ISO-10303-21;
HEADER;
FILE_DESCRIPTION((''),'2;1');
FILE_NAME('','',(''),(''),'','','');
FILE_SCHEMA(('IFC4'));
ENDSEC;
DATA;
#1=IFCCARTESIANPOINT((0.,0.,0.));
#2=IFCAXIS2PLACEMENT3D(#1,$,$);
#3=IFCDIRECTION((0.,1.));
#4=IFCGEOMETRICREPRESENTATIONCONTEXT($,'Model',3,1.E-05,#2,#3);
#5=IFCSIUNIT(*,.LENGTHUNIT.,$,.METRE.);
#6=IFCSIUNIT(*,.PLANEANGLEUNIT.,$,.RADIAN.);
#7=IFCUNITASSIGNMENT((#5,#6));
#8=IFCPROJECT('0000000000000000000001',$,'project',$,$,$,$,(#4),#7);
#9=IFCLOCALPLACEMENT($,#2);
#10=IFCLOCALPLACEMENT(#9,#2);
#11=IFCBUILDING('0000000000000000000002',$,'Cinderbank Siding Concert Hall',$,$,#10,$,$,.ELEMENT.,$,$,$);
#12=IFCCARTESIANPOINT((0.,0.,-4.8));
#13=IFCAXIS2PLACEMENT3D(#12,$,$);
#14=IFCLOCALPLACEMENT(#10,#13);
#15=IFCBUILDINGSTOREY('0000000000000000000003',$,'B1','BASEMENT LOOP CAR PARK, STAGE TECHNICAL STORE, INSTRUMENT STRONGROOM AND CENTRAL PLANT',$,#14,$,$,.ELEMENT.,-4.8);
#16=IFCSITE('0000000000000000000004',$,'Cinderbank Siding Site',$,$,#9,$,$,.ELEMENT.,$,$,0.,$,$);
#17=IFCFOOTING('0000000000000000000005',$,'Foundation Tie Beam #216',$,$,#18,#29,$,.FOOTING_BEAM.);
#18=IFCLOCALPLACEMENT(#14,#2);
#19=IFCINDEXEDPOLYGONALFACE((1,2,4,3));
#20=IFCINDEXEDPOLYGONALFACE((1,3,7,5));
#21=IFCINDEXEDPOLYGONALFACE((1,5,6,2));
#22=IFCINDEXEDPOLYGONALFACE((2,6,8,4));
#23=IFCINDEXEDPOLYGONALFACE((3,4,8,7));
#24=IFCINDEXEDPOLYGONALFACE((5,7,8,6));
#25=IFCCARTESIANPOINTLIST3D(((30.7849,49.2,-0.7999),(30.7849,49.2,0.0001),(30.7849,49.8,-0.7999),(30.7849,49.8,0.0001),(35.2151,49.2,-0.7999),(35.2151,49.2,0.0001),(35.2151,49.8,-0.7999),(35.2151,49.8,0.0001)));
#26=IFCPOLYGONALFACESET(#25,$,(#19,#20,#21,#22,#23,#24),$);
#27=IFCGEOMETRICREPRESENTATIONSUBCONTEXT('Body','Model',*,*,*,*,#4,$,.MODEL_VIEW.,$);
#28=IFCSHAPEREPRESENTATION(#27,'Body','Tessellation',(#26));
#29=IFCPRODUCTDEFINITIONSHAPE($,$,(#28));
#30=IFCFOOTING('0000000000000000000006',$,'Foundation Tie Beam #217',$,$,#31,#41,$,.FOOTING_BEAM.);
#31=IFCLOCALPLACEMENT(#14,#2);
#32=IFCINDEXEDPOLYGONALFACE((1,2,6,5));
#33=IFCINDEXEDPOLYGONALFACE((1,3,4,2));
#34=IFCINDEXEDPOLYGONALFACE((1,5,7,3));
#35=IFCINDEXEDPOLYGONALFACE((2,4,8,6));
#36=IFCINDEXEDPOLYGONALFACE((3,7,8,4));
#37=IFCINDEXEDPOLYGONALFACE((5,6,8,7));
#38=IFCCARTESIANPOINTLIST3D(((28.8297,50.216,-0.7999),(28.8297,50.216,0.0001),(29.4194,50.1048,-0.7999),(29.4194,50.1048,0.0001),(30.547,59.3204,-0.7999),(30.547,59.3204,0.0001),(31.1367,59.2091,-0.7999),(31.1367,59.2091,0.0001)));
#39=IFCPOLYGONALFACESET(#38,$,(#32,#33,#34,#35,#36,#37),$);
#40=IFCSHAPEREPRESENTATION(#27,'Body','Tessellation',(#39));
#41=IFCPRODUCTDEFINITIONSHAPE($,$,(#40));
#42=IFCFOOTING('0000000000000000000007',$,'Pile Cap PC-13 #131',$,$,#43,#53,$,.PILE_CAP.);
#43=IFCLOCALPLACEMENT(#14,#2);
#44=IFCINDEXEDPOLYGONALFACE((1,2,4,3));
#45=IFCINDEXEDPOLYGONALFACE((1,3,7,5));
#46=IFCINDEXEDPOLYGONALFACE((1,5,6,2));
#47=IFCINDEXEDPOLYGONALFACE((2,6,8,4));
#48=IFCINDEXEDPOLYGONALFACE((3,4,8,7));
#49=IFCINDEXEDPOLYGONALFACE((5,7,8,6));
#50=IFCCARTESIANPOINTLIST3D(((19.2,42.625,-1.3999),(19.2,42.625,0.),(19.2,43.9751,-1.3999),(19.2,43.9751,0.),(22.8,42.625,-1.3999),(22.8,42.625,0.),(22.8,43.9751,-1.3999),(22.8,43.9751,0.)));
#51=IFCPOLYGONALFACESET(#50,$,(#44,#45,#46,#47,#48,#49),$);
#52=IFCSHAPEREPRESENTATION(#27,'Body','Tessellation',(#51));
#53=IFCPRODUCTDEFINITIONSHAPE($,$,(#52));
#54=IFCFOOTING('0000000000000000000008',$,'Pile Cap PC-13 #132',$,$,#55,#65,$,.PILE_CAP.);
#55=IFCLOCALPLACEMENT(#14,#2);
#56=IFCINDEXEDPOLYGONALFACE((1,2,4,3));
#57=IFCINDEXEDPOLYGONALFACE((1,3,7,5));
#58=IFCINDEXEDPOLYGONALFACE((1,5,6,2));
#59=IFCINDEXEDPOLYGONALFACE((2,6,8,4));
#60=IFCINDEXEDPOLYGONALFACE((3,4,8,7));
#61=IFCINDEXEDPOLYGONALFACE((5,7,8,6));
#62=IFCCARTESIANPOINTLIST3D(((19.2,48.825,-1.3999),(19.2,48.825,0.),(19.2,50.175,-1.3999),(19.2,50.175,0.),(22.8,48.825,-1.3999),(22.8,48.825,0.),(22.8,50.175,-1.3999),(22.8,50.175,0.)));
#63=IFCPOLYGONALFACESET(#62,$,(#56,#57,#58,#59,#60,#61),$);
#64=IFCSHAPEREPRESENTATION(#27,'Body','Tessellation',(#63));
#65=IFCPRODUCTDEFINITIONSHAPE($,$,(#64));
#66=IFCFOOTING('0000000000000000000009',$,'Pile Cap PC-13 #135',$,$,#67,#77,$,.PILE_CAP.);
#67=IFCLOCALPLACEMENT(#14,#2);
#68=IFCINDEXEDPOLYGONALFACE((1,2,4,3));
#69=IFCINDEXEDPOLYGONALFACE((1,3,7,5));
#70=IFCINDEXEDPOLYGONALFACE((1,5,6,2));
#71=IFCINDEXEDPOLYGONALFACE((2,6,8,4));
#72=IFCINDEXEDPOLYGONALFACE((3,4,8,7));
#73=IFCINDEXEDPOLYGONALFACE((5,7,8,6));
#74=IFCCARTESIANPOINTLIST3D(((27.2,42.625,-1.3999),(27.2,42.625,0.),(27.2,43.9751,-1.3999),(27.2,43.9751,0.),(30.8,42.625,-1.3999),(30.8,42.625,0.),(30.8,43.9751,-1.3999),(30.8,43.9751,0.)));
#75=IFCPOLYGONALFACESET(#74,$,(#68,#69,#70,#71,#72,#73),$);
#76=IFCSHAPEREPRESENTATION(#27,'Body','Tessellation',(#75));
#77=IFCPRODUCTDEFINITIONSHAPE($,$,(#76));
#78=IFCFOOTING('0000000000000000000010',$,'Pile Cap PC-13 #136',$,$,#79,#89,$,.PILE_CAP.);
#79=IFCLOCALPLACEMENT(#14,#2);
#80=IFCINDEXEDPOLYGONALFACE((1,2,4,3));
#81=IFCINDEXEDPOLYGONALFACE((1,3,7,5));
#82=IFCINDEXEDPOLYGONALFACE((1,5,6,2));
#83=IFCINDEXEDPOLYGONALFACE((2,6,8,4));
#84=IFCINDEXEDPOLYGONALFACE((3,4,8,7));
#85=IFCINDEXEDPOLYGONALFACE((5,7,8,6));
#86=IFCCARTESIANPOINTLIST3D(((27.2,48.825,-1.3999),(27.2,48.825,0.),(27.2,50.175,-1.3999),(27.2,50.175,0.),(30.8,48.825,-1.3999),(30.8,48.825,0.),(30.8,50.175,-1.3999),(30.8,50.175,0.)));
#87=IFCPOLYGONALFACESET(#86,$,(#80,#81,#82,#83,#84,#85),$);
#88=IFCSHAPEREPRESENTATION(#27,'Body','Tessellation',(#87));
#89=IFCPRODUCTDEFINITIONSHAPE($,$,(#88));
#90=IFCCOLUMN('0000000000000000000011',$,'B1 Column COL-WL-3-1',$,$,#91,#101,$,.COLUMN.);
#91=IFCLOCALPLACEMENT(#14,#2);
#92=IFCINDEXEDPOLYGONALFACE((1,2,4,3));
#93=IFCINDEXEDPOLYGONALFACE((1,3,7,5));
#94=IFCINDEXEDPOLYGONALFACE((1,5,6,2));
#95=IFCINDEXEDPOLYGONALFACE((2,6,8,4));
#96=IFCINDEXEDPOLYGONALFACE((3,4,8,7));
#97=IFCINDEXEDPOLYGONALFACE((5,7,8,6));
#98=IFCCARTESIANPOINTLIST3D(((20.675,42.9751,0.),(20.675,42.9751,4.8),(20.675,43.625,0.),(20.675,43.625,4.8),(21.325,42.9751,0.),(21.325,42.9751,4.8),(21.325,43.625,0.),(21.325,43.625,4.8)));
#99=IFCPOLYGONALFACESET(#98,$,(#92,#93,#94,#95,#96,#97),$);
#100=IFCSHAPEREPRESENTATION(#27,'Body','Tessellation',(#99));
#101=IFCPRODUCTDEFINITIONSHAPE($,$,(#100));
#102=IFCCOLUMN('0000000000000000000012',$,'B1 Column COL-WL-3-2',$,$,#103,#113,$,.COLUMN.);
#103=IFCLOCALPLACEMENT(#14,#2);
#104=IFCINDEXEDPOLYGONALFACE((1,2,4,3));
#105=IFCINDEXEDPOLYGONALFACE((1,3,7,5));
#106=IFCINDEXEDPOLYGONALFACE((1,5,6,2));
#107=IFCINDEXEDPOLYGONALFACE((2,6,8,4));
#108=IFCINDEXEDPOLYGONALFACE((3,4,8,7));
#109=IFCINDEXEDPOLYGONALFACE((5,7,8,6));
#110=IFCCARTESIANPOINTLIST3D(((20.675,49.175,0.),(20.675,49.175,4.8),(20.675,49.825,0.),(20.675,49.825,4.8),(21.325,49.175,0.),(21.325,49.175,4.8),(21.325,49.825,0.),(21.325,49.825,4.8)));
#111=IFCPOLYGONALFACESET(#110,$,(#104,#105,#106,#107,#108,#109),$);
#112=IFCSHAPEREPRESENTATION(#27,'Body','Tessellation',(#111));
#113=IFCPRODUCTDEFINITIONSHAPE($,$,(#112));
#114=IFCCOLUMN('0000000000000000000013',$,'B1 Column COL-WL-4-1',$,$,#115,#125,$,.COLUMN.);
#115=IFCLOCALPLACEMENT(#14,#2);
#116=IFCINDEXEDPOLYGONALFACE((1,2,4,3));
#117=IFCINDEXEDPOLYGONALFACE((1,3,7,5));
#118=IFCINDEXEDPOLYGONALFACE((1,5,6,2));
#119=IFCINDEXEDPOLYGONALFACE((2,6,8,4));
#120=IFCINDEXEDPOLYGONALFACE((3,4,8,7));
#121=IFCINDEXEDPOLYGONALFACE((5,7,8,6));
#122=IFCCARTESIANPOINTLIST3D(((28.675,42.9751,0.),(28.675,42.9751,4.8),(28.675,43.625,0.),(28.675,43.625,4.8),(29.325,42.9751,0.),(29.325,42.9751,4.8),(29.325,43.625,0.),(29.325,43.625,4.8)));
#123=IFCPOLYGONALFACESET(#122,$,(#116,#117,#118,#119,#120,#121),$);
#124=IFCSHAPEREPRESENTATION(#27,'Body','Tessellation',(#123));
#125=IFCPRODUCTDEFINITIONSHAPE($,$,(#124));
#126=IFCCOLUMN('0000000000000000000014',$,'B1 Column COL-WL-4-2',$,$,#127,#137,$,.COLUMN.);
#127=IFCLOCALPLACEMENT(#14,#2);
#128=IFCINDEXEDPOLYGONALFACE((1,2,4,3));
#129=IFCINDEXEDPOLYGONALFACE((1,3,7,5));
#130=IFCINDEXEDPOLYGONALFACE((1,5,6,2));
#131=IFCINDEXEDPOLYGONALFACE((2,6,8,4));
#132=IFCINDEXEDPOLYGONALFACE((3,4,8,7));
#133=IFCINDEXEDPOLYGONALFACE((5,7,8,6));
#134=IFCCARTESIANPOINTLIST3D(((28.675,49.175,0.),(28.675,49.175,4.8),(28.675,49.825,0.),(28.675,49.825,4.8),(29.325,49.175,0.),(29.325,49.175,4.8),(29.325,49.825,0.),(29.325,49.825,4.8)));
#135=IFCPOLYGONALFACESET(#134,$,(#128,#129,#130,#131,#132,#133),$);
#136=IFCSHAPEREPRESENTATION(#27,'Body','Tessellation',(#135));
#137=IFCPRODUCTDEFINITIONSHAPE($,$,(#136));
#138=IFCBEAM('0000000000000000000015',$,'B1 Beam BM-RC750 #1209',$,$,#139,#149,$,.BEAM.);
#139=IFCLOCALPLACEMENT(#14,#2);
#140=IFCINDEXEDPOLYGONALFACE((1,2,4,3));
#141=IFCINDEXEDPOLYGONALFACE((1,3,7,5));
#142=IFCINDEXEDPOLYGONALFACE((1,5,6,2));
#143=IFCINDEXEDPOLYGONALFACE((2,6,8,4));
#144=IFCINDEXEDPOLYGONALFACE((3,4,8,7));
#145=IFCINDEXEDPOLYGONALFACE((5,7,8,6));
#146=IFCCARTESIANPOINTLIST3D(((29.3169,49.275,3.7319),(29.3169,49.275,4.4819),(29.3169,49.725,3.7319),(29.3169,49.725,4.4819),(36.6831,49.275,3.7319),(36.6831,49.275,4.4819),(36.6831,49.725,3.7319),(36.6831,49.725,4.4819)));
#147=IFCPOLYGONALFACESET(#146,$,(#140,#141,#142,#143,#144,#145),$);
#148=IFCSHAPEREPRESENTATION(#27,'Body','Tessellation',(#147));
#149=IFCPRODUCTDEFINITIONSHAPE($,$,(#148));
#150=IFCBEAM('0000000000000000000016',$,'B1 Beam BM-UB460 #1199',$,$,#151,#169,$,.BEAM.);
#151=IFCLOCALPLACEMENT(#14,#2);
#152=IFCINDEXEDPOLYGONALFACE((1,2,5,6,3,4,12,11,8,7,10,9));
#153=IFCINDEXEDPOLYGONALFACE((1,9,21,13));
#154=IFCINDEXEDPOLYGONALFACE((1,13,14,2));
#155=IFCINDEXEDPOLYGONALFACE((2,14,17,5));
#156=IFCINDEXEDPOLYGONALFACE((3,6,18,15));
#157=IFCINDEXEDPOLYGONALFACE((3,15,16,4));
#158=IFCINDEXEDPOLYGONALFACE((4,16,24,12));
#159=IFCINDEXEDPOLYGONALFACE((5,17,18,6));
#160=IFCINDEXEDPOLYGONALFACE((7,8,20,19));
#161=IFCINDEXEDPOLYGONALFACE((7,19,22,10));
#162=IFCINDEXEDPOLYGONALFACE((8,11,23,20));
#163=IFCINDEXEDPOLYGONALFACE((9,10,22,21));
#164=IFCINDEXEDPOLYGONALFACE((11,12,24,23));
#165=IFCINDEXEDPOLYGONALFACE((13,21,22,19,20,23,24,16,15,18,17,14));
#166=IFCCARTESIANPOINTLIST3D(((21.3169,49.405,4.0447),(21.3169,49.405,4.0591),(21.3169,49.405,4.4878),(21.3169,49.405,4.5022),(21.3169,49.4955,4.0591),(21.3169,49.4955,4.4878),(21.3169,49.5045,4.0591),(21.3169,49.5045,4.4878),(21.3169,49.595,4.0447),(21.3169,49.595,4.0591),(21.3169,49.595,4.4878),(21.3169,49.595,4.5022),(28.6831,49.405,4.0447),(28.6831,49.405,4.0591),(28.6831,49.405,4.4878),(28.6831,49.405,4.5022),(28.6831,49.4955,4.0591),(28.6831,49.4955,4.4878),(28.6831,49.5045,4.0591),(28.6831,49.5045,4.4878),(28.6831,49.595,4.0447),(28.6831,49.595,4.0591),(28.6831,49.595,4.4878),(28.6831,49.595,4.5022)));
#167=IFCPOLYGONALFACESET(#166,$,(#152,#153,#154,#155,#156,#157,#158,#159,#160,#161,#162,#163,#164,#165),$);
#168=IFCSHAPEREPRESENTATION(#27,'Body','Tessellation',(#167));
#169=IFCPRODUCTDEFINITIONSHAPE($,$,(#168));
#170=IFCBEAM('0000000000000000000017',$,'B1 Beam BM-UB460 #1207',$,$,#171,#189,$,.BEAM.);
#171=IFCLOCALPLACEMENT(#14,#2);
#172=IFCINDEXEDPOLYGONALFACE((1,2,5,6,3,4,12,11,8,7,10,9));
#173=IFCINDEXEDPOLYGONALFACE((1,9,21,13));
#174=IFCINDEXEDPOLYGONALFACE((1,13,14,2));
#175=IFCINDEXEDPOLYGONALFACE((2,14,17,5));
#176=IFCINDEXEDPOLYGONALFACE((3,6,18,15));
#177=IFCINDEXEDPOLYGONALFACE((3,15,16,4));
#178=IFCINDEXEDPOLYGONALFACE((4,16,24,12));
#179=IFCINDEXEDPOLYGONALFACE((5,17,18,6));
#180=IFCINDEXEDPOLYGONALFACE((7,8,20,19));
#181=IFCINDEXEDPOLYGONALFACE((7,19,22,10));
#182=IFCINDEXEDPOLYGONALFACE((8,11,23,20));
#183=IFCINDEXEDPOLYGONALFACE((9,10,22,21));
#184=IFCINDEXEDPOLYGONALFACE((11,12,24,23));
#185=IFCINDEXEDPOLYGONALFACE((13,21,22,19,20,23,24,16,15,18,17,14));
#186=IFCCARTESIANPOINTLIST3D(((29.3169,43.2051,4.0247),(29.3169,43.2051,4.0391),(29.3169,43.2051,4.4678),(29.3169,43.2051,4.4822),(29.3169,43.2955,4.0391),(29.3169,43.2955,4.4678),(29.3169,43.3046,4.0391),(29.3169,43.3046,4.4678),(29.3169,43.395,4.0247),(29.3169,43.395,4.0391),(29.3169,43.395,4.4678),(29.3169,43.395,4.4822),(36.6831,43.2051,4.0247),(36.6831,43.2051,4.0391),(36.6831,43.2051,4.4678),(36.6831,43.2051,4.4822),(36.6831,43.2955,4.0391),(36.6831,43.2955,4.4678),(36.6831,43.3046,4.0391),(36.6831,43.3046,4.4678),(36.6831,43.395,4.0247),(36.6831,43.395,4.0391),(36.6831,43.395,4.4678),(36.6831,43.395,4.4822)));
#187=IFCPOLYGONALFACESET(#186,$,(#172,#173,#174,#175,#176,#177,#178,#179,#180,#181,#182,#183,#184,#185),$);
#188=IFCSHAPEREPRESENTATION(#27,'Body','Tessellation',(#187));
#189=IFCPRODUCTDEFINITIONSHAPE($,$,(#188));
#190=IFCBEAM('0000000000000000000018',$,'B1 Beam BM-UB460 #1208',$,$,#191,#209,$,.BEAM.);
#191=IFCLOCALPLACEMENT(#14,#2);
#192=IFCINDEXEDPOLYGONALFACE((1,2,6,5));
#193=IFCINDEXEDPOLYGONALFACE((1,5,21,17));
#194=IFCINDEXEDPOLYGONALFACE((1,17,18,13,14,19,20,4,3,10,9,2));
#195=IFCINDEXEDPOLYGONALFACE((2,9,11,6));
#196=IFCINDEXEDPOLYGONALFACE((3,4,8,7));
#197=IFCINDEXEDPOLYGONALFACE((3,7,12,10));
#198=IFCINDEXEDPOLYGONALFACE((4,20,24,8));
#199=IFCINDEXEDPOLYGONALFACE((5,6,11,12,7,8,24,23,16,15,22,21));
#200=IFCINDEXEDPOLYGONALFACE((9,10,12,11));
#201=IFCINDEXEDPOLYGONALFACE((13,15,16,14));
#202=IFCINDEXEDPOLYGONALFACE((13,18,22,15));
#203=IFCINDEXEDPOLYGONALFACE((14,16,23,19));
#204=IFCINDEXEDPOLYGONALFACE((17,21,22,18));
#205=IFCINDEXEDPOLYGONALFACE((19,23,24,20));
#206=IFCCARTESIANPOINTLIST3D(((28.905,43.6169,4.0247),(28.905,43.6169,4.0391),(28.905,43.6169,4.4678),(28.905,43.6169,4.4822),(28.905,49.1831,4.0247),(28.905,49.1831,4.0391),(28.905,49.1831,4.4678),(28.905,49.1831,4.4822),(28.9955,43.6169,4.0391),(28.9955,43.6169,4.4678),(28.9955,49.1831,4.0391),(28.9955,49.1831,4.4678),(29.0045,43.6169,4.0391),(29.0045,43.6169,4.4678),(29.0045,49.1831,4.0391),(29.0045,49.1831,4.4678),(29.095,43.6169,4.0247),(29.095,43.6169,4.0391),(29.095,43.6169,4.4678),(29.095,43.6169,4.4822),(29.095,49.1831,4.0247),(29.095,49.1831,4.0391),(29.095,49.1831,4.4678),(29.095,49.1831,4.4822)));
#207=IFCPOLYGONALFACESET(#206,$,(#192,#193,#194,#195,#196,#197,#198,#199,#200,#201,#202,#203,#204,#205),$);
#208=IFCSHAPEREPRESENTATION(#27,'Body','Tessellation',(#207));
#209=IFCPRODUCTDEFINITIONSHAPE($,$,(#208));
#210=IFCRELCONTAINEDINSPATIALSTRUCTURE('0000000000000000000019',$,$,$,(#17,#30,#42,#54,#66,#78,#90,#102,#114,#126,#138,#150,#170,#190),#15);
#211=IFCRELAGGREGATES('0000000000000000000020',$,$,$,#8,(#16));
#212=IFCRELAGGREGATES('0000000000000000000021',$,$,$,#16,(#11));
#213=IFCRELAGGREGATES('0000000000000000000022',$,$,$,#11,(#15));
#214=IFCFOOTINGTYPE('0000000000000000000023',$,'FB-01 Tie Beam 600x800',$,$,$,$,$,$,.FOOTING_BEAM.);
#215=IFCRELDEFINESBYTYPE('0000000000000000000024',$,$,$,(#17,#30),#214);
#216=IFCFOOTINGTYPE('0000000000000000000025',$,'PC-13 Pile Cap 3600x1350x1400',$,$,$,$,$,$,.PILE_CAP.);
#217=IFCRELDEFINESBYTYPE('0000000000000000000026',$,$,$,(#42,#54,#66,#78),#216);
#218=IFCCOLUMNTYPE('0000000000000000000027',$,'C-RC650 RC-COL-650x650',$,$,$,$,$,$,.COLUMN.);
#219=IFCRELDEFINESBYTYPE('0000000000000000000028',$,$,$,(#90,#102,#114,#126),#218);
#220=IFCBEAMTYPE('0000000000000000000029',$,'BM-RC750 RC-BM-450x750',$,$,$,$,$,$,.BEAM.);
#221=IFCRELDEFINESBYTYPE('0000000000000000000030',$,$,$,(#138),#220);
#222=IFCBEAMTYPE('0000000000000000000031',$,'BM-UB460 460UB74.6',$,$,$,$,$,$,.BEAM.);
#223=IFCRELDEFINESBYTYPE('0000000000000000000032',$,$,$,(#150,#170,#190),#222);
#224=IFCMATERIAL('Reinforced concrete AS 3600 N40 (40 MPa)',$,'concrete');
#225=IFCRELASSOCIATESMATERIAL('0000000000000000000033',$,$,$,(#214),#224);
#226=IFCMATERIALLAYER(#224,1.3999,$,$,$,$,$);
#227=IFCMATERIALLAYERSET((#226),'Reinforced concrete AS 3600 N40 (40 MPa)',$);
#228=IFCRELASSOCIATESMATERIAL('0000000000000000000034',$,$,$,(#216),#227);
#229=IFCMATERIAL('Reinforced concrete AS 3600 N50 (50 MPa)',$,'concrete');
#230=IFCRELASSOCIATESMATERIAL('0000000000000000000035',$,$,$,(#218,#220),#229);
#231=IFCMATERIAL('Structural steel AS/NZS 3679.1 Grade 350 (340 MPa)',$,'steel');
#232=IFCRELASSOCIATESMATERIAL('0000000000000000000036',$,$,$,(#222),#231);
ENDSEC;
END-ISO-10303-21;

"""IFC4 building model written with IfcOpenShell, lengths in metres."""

from ifc_helpers import new_model, si_unit, direction, frame, origin, origin_2d, place, context, subcontext, project, spatial, rectangle, i_section, extrude, material, layer, layer_set, material_profile, profile_set, type_object, element, save


model = new_model("IFC4")

# Units and contexts
model_context = context("Model", 3, precision=1e-05, world=origin(), true_north=direction((0.0, 1.0)))
body_context = subcontext(model_context, "Body", "Model", "MODEL_VIEW")
ifc_project = project(units=[si_unit("LENGTHUNIT", "METRE"), si_unit("PLANEANGLEUNIT", "RADIAN")], contexts=[model_context])

# Site, building, storey
site_placement = place(None, origin())
site = spatial("IfcSite", under=ifc_project, at=site_placement, Name="Cinderbank Siding Site", CompositionType="ELEMENT", RefElevation=0.0)
building_placement = place(site_placement, origin())
building = spatial("IfcBuilding", under=site, at=building_placement, Name="Cinderbank Siding Concert Hall", CompositionType="ELEMENT")
storey_placement = place(building_placement, frame((0.0, 0.0, -4.8)))
storey = spatial("IfcBuildingStorey", under=building, at=storey_placement, Name="B1", Description="BASEMENT LOOP CAR PARK, STAGE TECHNICAL STORE, INSTRUMENT STRONGROOM AND CENTRAL PLANT", CompositionType="ELEMENT", Elevation=-4.8)

# Shared definitions
ifc_material_1 = material(Name="Reinforced concrete AS 3600 N40 (40 MPa)", Category="concrete")

# Footings
ifc_material_profile_1 = material_profile(ifc_material_1, rectangle(XDim=0.6001, YDim=0.8, at=origin_2d()), Name="RC-FB-600x800", Category="LoadBearing")
ifc_profile_set_1 = profile_set([ifc_material_profile_1], Name="Reinforced concrete AS 3600 N40 (40 MPa)")
footing_type_1 = type_object("IfcFootingType", Name="FB-01 Tie Beam 600x800", PredefinedType="FOOTING_BEAM", material=ifc_profile_set_1)
footing_1_placement = place(storey_placement, frame((30.7849, 49.5, -0.3999), z_axis=(1.0, 0.0, 0.0), x_axis=(0.0, 1.0, 0.0)))
element("IfcFooting", 1, at=footing_1_placement, inside=storey, type_object=footing_type_1, Name="Foundation Tie Beam #216", PredefinedType="FOOTING_BEAM", context=body_context, shape_type="SweptSolid", body=[
    extrude(rectangle(XDim=0.6001, YDim=0.8, at=origin_2d()), origin(), (0.0, 0.0, 1.0), 4.4302),
])
footing_2_placement = place(storey_placement, frame((29.1245, 50.1604, -0.3999), z_axis=(0.185356, 0.982671, 0.0), x_axis=(-0.982671, 0.185356, 0.0)))
element("IfcFooting", 2, at=footing_2_placement, inside=storey, type_object=footing_type_1, Name="Foundation Tie Beam #217", PredefinedType="FOOTING_BEAM", context=body_context, shape_type="SweptSolid", body=[
    extrude(rectangle(XDim=0.6001, YDim=0.8, at=origin_2d()), origin(), (0.0, 0.0, 1.0), 9.2649),
])
ifc_layer = layer(ifc_material_1, 1.3999)
ifc_layer_set = layer_set([ifc_layer], Name="Reinforced concrete AS 3600 N40 (40 MPa)")
footing_type_2 = type_object("IfcFootingType", Name="PC-13 Pile Cap 3600x1350x1400", PredefinedType="PILE_CAP", material=ifc_layer_set)
for number, where, z_axis, x_axis, name in (
    (3, (21.0, 43.3, -1.3999), (0.0, 0.0, 1.0), (1.0, 0.0, 0.0), "Pile Cap PC-13 #131"),
    (4, (21.0, 49.5, -1.3999), (0.0, 0.0, 1.0), (1.0, 0.0, 0.0), "Pile Cap PC-13 #132"),
    (5, (29.0, 43.3, -1.3999), (0.0, 0.0, 1.0), (1.0, 0.0, 0.0), "Pile Cap PC-13 #135"),
    (6, (29.0, 49.5, -1.3999), (0.0, 0.0, 1.0), (1.0, 0.0, 0.0), "Pile Cap PC-13 #136"),
):
    element("IfcFooting", number, at=place(storey_placement, frame(where, z_axis=z_axis, x_axis=x_axis)), inside=storey, type_object=footing_type_2, Name=name, PredefinedType="PILE_CAP", context=body_context, shape_type="SweptSolid", body=[
        extrude(rectangle(XDim=3.6001, YDim=1.3501, at=origin_2d()), origin(), (0.0, 0.0, 1.0), 1.3999),
    ])

# Columns
ifc_material_2 = material(Name="Reinforced concrete AS 3600 N50 (50 MPa)", Category="concrete")
ifc_material_profile_2 = material_profile(ifc_material_2, rectangle(XDim=0.6499, YDim=0.6499, at=origin_2d()), Name="RC-COL-650x650", Category="LoadBearing")
ifc_profile_set_2 = profile_set([ifc_material_profile_2], Name="Reinforced concrete AS 3600 N50 (50 MPa)")
column_type = type_object("IfcColumnType", Name="C-RC650 RC-COL-650x650", PredefinedType="COLUMN", material=ifc_profile_set_2)
for number, where, z_axis, x_axis, name in (
    (7, (21.0, 43.3, 0.0), (0.0, 0.0, 1.0), (1.0, 0.0, 0.0), "B1 Column COL-WL-3-1"),
    (8, (21.0, 49.5, 0.0), (0.0, 0.0, 1.0), (1.0, 0.0, 0.0), "B1 Column COL-WL-3-2"),
    (9, (29.0, 43.3, 0.0), (0.0, 0.0, 1.0), (1.0, 0.0, 0.0), "B1 Column COL-WL-4-1"),
    (10, (29.0, 49.5, 0.0), (0.0, 0.0, 1.0), (1.0, 0.0, 0.0), "B1 Column COL-WL-4-2"),
):
    element("IfcColumn", number, at=place(storey_placement, frame(where, z_axis=z_axis, x_axis=x_axis)), inside=storey, type_object=column_type, Name=name, PredefinedType="COLUMN", context=body_context, shape_type="SweptSolid", body=[
        extrude(rectangle(XDim=0.6499, YDim=0.6499, at=origin_2d()), origin(), (0.0, 0.0, 1.0), 4.8),
    ])

# Beams
ifc_material_profile_3 = material_profile(ifc_material_2, rectangle(XDim=0.45, YDim=0.75, at=origin_2d()), Name="RC-BM-450x750", Category="LoadBearing")
ifc_profile_set_3 = profile_set([ifc_material_profile_3], Name="Reinforced concrete AS 3600 N50 (50 MPa)")
beam_type_1 = type_object("IfcBeamType", Name="BM-RC750 RC-BM-450x750", PredefinedType="BEAM", material=ifc_profile_set_3)
beam_1_placement = place(storey_placement, frame((29.3169, 49.5, 4.1069), z_axis=(1.0, 0.0, 0.0), x_axis=(0.0, 1.0, 0.0)))
element("IfcBeam", 11, at=beam_1_placement, inside=storey, type_object=beam_type_1, Name="B1 Beam BM-RC750 #1209", PredefinedType="BEAM", context=body_context, shape_type="SweptSolid", body=[
    extrude(rectangle(XDim=0.45, YDim=0.75, at=origin_2d()), origin(), (0.0, 0.0, 1.0), 7.3662),
])
ifc_material_3 = material(Name="Structural steel AS/NZS 3679.1 Grade 350 (340 MPa)", Category="steel")
ifc_material_profile_4 = material_profile(ifc_material_3, i_section(OverallWidth=0.1899, OverallDepth=0.4575, WebThickness=0.009, FlangeThickness=0.0144, at=origin_2d()), Name="460UB74.6", Category="LoadBearing")
ifc_profile_set_4 = profile_set([ifc_material_profile_4], Name="Structural steel AS/NZS 3679.1 Grade 350 (340 MPa)")
beam_type_2 = type_object("IfcBeamType", Name="BM-UB460 460UB74.6", PredefinedType="BEAM", material=ifc_profile_set_4)
for number, where, z_axis, x_axis, name in (
    (12, (21.3169, 49.5, 4.2734), (1.0, 0.0, 0.0), (0.0, 1.0, 0.0), "B1 Beam BM-UB460 #1199"),
    (13, (29.3169, 43.3, 4.2534), (1.0, 0.0, 0.0), (0.0, 1.0, 0.0), "B1 Beam BM-UB460 #1207"),
):
    element("IfcBeam", number, at=place(storey_placement, frame(where, z_axis=z_axis, x_axis=x_axis)), inside=storey, type_object=beam_type_2, Name=name, PredefinedType="BEAM", context=body_context, shape_type="SweptSolid", body=[
        extrude(i_section(OverallWidth=0.1899, OverallDepth=0.4575, WebThickness=0.009, FlangeThickness=0.0144, at=origin_2d()), origin(), (0.0, 0.0, 1.0), 7.3662),
    ])
beam_2_placement = place(storey_placement, frame((29.0, 43.6169, 4.2534), z_axis=(0.0, 1.0, 0.0), x_axis=(-1.0, 0.0, 0.0)))
element("IfcBeam", 14, at=beam_2_placement, inside=storey, type_object=beam_type_2, Name="B1 Beam BM-UB460 #1208", PredefinedType="BEAM", context=body_context, shape_type="SweptSolid", body=[
    extrude(i_section(OverallWidth=0.1899, OverallDepth=0.4575, WebThickness=0.009, FlangeThickness=0.0144, at=origin_2d()), origin(), (0.0, 0.0, 1.0), 5.5662),
])

save(model, "model.ifc")
